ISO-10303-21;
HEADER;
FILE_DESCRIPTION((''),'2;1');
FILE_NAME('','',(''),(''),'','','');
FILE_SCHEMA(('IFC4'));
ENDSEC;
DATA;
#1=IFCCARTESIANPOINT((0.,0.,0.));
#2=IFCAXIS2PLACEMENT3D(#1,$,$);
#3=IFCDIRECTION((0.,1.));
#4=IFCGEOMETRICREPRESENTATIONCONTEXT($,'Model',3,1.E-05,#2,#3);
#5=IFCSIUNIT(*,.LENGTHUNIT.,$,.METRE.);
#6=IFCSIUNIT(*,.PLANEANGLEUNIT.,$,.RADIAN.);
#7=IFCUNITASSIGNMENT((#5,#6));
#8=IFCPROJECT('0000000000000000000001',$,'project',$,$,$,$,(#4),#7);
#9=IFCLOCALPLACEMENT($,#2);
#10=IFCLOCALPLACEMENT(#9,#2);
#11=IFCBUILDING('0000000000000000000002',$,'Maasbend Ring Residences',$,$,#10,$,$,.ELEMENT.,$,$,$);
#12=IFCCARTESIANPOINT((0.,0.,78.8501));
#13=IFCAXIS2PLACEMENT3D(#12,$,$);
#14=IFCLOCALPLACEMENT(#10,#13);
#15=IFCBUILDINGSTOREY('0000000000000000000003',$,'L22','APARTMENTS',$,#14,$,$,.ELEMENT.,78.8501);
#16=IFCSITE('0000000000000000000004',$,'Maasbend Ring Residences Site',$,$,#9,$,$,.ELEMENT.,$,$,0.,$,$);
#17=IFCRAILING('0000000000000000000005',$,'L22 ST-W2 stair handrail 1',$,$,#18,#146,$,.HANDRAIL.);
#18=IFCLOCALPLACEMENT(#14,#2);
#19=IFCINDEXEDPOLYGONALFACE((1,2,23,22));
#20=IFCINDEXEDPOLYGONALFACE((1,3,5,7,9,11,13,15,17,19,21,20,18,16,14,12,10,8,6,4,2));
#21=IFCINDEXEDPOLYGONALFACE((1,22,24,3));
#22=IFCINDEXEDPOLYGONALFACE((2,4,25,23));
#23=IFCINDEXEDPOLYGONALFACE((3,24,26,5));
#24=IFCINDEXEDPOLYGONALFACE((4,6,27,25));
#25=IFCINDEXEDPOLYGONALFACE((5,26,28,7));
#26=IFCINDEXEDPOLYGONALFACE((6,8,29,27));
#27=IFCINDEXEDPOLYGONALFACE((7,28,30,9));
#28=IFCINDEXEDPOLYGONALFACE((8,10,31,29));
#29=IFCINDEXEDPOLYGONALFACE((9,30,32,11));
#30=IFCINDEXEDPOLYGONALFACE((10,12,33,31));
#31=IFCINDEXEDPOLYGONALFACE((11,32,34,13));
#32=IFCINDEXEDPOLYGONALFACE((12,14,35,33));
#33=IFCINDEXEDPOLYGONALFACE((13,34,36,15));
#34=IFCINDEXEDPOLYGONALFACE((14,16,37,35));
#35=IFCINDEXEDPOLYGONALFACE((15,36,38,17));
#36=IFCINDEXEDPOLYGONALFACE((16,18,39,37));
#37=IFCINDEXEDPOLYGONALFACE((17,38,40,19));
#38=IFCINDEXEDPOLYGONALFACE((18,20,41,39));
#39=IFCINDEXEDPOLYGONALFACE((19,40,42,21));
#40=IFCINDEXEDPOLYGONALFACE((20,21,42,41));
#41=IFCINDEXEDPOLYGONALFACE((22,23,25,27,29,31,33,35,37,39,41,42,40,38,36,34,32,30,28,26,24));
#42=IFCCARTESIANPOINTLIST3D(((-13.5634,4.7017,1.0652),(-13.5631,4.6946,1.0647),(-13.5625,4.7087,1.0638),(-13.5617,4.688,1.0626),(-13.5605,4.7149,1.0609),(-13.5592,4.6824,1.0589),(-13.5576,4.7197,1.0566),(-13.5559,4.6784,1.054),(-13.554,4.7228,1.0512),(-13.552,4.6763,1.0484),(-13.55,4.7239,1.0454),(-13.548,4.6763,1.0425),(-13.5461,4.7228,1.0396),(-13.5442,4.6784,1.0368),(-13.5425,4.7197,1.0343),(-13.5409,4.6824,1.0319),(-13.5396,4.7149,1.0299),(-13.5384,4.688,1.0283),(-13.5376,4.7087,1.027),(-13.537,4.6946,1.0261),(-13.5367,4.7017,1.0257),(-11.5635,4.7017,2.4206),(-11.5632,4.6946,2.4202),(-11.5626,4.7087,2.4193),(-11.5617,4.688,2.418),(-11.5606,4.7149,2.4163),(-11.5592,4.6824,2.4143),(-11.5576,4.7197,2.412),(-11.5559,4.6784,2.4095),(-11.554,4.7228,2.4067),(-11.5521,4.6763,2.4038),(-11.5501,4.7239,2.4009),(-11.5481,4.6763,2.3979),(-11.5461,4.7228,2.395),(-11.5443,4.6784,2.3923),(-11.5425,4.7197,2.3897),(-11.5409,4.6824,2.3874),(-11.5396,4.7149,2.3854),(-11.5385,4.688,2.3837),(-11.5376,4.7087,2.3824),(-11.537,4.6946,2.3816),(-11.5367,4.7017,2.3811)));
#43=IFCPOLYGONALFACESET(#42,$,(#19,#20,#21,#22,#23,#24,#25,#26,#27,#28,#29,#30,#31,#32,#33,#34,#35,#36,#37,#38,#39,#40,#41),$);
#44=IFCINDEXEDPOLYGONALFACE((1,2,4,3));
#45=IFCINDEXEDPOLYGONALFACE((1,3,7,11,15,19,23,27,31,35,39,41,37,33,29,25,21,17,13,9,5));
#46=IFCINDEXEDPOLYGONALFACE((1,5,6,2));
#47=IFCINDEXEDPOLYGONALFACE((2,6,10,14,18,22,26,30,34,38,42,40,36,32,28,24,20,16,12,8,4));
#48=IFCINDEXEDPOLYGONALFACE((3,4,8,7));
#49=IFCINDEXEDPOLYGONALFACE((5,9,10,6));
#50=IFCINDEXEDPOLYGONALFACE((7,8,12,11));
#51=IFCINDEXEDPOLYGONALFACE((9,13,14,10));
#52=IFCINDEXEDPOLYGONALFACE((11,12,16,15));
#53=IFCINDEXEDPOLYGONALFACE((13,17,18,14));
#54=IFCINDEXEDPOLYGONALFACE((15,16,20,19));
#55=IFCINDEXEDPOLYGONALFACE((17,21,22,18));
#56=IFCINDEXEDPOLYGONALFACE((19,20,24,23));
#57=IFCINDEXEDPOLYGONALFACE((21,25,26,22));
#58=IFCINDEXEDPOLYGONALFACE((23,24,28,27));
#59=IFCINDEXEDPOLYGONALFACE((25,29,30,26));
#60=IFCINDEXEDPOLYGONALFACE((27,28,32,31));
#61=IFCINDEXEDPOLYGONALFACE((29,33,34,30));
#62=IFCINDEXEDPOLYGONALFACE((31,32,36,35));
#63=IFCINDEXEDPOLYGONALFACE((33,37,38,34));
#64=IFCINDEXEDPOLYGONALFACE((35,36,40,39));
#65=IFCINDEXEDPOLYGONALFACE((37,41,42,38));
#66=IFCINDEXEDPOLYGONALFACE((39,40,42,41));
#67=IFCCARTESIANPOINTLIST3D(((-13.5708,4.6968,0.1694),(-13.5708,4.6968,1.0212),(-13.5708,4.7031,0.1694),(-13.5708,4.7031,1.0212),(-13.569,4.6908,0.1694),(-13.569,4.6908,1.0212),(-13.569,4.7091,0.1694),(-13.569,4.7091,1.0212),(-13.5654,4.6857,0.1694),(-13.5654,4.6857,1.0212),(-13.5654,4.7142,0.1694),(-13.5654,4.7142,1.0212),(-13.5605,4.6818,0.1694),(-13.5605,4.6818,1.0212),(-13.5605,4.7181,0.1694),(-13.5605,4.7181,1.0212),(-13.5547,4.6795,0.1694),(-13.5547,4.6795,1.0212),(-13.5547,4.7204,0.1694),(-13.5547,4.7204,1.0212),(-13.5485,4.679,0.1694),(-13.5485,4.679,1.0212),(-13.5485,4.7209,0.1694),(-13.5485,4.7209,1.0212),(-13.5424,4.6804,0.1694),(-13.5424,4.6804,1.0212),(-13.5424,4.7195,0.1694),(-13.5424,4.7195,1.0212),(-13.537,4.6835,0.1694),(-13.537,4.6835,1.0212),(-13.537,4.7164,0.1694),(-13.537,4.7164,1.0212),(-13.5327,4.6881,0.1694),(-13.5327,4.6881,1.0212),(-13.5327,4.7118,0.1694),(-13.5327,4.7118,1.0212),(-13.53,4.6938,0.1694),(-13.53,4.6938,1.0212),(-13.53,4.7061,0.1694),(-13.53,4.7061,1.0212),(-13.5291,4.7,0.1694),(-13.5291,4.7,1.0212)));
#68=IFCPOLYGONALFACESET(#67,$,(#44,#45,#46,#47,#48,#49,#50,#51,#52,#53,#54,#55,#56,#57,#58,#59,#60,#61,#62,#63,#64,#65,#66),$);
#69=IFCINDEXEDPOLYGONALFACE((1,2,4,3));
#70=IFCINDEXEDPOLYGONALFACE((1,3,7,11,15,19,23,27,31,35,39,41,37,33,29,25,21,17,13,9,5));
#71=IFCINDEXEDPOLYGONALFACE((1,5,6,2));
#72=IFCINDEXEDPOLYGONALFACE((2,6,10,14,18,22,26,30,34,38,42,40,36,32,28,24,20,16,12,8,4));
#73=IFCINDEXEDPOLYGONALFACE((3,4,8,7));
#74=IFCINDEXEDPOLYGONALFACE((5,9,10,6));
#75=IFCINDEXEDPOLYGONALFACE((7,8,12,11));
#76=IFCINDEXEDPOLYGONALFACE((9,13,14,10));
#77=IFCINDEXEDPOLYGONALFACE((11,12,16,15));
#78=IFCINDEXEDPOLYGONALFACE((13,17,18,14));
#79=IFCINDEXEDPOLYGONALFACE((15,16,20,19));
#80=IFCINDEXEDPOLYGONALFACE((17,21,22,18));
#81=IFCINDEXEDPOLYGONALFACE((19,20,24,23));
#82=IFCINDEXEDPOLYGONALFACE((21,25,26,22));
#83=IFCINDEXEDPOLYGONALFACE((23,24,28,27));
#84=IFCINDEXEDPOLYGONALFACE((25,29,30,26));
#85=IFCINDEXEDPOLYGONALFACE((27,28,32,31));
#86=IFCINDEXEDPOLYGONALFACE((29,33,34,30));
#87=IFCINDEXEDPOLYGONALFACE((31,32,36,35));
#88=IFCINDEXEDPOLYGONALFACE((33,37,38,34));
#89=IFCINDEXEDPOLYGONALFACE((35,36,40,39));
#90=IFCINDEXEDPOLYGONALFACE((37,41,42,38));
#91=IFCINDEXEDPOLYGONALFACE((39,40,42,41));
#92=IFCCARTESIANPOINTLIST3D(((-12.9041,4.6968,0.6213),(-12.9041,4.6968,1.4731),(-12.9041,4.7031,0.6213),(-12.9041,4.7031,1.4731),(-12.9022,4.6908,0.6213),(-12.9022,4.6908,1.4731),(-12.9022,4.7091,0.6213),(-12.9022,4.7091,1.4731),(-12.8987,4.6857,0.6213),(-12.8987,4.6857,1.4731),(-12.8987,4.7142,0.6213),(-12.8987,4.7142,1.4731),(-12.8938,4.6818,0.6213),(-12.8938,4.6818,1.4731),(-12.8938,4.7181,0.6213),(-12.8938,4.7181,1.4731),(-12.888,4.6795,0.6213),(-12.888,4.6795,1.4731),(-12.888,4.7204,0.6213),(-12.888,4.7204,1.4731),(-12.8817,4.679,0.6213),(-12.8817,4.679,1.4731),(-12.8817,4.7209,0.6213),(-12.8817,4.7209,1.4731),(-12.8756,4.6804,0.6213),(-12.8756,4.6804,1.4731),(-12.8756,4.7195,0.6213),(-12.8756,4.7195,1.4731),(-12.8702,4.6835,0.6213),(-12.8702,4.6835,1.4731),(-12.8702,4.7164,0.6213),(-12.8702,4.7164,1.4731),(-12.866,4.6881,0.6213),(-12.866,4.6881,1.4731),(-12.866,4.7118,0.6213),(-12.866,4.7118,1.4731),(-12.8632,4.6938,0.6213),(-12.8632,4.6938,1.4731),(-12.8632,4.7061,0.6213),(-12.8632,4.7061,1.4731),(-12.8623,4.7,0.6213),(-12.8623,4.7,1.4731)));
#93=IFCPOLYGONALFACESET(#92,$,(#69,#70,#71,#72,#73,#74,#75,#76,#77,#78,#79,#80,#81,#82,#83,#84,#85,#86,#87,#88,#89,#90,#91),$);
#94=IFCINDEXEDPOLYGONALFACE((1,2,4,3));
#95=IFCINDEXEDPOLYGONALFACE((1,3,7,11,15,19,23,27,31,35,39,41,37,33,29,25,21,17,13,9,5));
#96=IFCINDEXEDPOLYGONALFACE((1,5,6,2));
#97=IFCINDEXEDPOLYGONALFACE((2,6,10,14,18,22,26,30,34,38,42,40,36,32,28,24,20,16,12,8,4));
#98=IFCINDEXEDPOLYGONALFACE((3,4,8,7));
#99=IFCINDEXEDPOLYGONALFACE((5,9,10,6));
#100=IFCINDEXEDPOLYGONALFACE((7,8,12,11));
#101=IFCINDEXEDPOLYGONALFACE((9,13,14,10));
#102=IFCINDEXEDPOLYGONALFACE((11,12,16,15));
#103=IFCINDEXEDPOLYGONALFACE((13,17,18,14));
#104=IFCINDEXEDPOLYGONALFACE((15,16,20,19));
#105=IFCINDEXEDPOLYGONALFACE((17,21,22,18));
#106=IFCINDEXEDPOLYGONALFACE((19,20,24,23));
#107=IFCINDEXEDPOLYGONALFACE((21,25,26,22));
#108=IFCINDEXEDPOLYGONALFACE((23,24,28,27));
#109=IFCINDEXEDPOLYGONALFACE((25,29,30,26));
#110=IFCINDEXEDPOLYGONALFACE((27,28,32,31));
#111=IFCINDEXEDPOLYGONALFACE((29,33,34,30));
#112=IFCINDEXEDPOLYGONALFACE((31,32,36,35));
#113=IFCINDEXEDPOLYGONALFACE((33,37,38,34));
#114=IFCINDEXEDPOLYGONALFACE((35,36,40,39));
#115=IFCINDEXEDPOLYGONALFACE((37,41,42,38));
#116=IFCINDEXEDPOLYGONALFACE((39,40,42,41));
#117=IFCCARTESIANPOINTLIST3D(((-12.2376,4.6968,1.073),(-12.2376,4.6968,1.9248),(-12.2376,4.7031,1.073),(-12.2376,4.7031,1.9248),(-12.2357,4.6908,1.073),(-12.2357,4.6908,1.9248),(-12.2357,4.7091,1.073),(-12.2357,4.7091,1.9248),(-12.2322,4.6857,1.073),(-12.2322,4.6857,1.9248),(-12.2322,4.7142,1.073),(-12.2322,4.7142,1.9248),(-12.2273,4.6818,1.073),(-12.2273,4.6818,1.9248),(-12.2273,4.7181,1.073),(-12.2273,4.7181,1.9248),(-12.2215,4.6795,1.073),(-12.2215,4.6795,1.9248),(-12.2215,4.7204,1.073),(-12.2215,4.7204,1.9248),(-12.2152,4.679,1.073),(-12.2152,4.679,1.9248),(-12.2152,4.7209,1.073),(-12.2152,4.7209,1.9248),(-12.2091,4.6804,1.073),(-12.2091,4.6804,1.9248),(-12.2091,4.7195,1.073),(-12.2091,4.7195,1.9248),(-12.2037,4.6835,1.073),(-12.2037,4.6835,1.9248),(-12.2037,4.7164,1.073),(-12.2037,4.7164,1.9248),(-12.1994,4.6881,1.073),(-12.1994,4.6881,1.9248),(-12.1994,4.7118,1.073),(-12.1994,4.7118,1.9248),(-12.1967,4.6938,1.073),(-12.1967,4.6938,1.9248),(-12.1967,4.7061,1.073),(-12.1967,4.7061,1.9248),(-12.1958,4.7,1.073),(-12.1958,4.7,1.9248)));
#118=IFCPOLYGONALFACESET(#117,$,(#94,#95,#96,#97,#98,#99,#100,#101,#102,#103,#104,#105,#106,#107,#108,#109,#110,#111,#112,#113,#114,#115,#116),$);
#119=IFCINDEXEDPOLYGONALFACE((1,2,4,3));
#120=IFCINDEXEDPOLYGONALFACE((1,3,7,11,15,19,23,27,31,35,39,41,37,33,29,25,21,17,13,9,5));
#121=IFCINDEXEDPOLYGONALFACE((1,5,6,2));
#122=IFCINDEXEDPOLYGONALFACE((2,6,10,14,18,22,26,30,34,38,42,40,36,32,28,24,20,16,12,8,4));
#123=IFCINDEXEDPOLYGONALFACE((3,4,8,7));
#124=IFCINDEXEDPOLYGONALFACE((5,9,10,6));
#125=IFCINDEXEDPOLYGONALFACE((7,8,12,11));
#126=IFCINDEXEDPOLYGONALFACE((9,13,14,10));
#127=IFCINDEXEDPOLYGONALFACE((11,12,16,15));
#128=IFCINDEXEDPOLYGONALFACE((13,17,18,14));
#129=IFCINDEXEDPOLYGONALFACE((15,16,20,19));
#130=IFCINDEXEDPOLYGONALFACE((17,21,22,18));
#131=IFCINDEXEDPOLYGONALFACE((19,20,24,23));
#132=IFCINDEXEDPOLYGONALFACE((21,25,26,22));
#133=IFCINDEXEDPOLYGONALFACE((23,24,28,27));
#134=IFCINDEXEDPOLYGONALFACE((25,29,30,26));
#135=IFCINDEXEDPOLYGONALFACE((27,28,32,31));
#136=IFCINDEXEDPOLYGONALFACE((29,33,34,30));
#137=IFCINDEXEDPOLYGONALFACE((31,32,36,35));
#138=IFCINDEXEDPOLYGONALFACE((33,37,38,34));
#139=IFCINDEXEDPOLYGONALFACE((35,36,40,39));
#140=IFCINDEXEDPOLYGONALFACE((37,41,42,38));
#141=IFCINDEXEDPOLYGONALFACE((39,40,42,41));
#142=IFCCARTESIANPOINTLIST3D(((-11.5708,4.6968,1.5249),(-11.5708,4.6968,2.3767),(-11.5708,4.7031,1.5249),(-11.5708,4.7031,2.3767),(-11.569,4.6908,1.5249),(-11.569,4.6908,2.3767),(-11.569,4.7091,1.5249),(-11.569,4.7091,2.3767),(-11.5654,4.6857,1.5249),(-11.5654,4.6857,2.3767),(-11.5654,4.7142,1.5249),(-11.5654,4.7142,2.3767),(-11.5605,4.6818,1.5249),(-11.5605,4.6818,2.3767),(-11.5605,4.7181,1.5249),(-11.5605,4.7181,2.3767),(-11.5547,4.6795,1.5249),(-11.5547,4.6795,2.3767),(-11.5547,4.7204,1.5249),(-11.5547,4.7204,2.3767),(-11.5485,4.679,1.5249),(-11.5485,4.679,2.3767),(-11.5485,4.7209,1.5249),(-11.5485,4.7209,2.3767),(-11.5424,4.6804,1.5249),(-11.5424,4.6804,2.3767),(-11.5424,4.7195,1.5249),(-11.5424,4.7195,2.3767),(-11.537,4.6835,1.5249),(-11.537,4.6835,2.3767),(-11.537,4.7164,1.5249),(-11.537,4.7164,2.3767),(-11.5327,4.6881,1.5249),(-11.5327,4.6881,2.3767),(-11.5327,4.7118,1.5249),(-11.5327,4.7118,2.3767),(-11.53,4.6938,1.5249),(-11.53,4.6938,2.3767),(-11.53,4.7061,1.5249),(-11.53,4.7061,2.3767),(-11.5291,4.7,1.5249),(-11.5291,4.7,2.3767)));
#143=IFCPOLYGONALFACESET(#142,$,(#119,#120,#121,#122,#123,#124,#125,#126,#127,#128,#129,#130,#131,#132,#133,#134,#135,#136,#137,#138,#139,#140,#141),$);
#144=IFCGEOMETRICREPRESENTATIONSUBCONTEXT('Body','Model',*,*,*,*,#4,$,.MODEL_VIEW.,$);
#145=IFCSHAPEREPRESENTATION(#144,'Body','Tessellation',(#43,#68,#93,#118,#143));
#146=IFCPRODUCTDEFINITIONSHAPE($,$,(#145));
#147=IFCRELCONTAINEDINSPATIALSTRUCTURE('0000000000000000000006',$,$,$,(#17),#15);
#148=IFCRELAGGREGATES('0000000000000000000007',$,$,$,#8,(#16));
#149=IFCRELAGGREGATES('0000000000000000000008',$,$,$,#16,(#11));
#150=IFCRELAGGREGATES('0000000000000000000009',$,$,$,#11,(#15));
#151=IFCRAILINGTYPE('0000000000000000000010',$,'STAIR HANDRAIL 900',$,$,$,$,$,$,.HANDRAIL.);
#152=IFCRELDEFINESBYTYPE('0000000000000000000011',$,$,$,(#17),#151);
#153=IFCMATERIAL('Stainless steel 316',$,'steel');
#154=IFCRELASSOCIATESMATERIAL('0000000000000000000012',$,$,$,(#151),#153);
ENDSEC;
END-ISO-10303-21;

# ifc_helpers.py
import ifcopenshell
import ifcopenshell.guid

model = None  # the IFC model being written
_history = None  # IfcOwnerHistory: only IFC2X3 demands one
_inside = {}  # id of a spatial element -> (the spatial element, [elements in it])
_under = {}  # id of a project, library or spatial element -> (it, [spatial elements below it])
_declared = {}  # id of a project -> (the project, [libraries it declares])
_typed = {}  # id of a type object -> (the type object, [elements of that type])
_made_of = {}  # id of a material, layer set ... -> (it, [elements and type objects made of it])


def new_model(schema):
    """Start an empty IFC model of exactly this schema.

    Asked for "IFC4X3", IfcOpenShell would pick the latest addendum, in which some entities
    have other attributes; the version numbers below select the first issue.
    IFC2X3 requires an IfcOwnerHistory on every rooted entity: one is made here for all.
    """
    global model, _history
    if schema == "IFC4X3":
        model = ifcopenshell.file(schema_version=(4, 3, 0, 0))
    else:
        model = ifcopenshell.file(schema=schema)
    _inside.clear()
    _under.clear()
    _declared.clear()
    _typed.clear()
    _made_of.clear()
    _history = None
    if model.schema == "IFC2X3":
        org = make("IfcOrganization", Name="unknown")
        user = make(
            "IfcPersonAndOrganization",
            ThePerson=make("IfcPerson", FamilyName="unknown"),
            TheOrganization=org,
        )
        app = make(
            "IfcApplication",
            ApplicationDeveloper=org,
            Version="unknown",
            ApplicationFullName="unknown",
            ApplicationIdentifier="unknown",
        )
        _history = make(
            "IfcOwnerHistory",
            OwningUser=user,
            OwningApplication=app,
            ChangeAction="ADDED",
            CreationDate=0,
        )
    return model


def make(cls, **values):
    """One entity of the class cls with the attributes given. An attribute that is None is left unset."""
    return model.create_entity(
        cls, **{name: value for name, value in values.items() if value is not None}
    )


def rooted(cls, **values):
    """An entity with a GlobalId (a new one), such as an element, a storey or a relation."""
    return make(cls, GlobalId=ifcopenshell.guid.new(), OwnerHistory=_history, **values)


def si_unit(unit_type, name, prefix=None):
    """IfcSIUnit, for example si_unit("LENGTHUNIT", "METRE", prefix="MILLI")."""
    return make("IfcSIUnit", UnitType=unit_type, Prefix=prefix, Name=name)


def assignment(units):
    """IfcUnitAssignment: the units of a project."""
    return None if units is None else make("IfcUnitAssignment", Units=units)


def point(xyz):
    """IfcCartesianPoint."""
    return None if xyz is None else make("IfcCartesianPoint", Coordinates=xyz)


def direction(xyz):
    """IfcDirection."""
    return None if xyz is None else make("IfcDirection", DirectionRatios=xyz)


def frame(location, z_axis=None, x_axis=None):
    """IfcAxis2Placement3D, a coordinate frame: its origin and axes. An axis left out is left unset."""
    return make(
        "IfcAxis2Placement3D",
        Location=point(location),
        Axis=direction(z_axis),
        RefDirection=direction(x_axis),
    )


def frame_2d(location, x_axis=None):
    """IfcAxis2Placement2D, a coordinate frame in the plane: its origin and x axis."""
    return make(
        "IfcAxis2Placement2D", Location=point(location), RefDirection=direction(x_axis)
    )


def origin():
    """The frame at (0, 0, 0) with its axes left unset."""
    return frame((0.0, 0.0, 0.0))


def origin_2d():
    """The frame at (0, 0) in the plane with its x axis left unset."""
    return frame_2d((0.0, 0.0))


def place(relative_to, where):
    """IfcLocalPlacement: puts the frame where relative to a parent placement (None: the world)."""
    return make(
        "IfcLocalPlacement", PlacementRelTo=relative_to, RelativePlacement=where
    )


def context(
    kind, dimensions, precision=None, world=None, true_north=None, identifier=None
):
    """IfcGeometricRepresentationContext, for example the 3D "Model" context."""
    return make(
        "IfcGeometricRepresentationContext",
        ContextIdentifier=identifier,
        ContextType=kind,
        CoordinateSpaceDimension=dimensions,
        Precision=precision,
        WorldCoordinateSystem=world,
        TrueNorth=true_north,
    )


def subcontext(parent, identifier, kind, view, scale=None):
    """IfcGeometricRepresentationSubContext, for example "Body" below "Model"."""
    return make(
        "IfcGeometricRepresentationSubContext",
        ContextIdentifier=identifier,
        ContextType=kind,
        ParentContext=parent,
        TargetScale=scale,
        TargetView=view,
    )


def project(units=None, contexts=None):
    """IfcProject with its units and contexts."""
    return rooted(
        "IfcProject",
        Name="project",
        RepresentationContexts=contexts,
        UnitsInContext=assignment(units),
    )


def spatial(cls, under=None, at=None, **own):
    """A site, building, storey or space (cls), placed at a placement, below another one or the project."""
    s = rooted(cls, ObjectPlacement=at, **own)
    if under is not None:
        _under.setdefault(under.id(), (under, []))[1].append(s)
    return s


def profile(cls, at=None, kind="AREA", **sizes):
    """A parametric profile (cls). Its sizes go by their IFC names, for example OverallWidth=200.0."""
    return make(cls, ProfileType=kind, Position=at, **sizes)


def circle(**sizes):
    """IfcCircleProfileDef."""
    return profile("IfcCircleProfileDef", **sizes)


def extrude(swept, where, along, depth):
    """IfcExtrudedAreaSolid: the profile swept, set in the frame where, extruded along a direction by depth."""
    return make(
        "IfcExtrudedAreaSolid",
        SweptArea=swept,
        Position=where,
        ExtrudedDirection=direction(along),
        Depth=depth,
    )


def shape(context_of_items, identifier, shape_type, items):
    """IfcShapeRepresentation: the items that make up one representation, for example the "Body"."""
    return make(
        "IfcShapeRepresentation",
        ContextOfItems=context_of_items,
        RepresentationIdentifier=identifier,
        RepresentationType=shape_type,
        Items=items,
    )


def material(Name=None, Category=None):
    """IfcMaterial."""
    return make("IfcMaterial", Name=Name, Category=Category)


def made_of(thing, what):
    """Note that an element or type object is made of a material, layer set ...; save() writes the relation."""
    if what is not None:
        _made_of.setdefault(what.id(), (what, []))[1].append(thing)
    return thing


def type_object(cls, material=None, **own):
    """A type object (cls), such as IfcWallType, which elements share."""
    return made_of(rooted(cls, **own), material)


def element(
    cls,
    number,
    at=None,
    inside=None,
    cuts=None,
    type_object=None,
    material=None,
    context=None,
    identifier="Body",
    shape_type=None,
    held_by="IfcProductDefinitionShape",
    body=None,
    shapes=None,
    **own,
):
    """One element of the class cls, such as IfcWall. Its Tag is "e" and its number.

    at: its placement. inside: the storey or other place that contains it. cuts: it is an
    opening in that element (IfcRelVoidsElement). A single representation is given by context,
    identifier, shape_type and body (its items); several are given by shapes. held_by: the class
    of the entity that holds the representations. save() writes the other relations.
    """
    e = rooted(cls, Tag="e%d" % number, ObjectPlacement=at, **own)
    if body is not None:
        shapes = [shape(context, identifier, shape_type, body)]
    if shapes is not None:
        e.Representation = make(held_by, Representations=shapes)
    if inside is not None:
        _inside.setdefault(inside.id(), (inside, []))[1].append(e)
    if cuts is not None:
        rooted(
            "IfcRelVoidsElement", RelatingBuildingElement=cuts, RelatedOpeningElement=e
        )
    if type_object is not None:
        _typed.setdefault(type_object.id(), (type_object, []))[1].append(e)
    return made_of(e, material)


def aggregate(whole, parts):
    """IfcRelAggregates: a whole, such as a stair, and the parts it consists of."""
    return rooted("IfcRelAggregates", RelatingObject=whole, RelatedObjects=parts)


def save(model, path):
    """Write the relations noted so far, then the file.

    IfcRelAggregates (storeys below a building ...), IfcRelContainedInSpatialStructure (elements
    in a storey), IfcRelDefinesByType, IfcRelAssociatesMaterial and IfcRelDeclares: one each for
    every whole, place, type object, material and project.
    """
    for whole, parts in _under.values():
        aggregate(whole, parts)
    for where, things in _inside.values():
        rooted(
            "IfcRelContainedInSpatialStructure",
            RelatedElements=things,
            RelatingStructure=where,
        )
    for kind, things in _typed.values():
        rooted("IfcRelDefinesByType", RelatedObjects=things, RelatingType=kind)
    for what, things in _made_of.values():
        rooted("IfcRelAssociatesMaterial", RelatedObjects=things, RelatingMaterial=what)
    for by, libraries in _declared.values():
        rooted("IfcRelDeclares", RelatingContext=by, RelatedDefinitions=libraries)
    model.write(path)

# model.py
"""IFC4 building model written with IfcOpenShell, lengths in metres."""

from ifc_helpers import new_model, si_unit, direction, frame, origin, origin_2d, place, context, subcontext, project, spatial, circle, extrude, material, type_object, element, save


model = new_model("IFC4")

# Units and contexts
model_context = context("Model", 3, precision=1e-05, world=origin(), true_north=direction((0.0, 1.0)))
body_context = subcontext(model_context, "Body", "Model", "MODEL_VIEW")
ifc_project = project(units=[si_unit("LENGTHUNIT", "METRE"), si_unit("PLANEANGLEUNIT", "RADIAN")], contexts=[model_context])

# Site, building, storey
site_placement = place(None, origin())
site = spatial("IfcSite", under=ifc_project, at=site_placement, Name="Maasbend Ring Residences Site", CompositionType="ELEMENT", RefElevation=0.0)
building_placement = place(site_placement, origin())
building = spatial("IfcBuilding", under=site, at=building_placement, Name="Maasbend Ring Residences", CompositionType="ELEMENT")
storey_placement = place(building_placement, frame((0.0, 0.0, 78.8501)))
storey = spatial("IfcBuildingStorey", under=building, at=storey_placement, Name="L22", Description="APARTMENTS", CompositionType="ELEMENT", Elevation=78.8501)

# Railing
ifc_material_1 = material(Name="Stainless steel 316", Category="steel")
railing_type_1 = type_object("IfcRailingType", Name="STAIR HANDRAIL 900", PredefinedType="HANDRAIL", material=ifc_material_1)
railing_1_placement = place(storey_placement, frame((-13.55, 4.7, 0.1694)))
element("IfcRailing", 1, at=railing_1_placement, inside=storey, type_object=railing_type_1, Name="L22 ST-W2 stair handrail 1", PredefinedType="HANDRAIL", context=body_context, shape_type="SweptSolid", body=[
    extrude(circle(Radius=0.0239, at=origin_2d()), frame((0.0, 0.0, 0.876), z_axis=(0.827798, 0.0, 0.561027), x_axis=(0.0, 1.0, 0.0)), (0.0, 0.0, 1.0), 2.416),
    extrude(circle(Radius=0.021, at=origin_2d()), origin(), (0.0, 0.0, 1.0), 0.8518),
    extrude(circle(Radius=0.021, at=origin_2d()), frame((0.6667, 0.0, 0.4519)), (0.0, 0.0, 1.0), 0.8518),
    extrude(circle(Radius=0.021, at=origin_2d()), frame((1.3333, 0.0, 0.9036)), (0.0, 0.0, 1.0), 0.8518),
    extrude(circle(Radius=0.021, at=origin_2d()), frame((2.0, 0.0, 1.3555)), (0.0, 0.0, 1.0), 0.8518),
])

save(model, "model.ifc")
